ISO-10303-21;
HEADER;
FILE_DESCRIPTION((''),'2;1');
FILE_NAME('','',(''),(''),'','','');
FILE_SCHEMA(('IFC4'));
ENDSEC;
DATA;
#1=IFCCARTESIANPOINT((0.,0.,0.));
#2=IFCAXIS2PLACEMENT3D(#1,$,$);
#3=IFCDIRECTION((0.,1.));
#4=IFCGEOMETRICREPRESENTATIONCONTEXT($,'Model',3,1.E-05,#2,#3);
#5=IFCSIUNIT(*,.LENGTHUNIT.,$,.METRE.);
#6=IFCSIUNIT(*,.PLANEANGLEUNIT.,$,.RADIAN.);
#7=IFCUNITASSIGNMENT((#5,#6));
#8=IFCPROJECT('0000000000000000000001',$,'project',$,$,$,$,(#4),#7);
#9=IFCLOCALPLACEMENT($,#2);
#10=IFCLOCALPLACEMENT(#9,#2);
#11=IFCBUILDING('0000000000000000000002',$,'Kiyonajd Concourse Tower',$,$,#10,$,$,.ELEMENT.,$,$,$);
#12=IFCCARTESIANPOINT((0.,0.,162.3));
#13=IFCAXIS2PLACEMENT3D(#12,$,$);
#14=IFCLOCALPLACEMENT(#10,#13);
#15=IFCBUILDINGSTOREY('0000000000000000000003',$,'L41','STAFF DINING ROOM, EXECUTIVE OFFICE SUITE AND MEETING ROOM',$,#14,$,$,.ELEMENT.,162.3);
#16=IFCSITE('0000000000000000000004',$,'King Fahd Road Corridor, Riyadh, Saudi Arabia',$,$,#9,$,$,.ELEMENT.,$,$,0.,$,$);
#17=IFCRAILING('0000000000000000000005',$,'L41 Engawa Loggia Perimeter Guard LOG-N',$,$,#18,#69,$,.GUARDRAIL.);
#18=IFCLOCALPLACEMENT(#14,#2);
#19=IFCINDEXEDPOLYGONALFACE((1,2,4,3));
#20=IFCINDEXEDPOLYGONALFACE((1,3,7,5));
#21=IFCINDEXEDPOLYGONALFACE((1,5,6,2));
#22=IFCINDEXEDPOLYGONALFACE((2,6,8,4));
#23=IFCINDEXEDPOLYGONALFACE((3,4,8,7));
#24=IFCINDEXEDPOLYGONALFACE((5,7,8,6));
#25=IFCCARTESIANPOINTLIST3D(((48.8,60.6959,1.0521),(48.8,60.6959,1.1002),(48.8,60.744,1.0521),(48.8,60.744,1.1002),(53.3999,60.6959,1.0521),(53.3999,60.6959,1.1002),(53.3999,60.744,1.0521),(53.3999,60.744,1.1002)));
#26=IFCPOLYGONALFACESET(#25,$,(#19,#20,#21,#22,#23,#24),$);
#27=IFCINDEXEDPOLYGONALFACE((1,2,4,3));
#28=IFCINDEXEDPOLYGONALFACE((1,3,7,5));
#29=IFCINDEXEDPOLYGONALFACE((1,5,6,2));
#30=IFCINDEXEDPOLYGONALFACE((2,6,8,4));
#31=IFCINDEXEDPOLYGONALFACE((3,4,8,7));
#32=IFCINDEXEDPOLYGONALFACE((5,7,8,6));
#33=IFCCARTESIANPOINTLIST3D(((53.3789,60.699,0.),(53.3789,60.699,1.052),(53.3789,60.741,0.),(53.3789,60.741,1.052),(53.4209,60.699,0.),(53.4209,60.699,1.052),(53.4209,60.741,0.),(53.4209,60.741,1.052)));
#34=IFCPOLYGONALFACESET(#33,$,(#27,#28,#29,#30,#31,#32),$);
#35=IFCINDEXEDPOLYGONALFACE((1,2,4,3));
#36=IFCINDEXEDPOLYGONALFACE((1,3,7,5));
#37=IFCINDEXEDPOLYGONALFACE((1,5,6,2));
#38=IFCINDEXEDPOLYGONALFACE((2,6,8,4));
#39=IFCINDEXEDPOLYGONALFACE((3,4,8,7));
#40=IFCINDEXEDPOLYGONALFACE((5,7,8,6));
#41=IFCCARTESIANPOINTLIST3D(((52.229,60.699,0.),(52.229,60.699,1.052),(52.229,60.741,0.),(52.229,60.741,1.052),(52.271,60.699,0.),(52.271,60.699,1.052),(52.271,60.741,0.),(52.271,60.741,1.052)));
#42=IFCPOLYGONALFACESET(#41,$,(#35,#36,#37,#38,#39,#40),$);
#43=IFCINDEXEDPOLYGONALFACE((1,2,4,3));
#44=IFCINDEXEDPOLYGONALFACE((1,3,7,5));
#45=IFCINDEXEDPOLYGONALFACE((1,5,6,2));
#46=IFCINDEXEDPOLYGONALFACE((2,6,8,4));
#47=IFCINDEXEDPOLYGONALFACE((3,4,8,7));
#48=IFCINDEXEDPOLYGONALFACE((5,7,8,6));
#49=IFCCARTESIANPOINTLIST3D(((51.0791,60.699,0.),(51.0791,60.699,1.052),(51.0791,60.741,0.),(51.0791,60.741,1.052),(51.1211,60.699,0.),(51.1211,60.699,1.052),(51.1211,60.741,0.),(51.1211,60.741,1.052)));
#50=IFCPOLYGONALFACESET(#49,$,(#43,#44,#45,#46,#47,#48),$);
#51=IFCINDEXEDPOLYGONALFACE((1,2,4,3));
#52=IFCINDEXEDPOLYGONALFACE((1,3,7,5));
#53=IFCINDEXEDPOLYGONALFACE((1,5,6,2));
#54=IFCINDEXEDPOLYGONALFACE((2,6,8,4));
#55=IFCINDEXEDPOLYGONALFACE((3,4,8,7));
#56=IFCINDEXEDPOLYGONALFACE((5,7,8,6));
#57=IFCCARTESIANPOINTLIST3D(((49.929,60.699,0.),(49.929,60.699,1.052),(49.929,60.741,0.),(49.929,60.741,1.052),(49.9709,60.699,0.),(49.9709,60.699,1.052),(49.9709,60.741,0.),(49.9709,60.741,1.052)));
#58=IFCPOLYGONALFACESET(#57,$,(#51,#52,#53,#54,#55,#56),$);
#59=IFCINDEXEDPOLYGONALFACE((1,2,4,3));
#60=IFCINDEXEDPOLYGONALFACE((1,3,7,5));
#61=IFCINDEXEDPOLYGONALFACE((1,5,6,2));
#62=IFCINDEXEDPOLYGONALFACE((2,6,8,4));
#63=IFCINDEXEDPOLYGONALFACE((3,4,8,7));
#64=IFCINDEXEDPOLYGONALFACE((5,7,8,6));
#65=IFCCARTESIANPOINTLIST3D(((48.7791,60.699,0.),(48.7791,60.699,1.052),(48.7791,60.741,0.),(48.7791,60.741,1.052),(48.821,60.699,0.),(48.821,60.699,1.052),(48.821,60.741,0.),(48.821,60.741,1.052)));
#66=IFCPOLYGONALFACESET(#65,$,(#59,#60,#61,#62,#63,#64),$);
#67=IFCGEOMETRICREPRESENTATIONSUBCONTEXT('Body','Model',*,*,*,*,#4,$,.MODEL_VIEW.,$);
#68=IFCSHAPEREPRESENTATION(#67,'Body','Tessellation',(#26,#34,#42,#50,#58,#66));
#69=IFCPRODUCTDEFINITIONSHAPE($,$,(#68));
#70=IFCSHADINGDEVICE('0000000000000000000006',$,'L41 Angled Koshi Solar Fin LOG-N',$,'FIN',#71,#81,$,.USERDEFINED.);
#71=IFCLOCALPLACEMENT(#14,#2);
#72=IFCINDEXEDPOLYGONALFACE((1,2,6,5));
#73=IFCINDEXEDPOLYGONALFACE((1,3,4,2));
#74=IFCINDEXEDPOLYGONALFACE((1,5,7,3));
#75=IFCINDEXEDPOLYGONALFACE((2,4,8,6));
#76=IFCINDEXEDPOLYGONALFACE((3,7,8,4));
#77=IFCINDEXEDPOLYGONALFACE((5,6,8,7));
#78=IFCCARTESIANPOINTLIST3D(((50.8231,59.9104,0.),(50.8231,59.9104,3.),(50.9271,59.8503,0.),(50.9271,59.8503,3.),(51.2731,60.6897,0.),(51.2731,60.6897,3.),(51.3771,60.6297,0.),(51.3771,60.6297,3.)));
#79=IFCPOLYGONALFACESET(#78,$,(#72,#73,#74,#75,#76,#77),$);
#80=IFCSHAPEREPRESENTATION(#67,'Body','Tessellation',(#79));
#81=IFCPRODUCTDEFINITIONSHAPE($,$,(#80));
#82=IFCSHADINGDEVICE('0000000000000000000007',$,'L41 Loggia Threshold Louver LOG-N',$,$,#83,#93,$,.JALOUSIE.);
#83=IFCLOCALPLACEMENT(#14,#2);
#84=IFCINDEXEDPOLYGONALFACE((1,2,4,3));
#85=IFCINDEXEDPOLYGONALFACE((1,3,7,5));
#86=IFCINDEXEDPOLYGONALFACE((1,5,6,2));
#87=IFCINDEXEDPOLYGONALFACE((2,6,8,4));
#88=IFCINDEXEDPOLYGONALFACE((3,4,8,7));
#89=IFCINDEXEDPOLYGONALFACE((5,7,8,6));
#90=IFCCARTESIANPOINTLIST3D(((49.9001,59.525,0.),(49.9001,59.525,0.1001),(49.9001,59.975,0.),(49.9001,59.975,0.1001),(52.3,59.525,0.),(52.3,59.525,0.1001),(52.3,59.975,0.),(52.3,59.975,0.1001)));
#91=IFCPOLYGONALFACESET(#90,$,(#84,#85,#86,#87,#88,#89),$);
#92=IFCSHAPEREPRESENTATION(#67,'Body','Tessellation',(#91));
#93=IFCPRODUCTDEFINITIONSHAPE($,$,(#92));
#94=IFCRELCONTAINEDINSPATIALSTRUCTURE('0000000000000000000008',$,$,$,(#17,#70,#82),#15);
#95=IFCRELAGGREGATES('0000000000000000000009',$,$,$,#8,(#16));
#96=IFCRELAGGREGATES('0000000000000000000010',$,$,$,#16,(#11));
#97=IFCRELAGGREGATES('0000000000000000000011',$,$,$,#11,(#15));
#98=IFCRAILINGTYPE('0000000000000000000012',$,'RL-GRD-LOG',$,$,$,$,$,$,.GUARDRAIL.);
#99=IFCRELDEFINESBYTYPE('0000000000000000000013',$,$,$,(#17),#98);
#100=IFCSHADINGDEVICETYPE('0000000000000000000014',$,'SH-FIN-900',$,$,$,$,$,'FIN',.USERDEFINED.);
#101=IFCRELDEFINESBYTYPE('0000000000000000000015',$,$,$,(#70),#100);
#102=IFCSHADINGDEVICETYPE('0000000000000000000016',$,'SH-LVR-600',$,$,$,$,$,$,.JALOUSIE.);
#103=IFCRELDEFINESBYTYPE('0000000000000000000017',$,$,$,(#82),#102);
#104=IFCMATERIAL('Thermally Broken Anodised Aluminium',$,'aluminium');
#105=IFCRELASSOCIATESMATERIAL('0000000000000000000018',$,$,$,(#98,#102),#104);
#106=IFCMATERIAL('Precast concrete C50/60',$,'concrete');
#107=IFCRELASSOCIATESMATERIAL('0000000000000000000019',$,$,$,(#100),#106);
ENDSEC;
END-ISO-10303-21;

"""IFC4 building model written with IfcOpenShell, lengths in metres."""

from ifc_helpers import new_model, si_unit, direction, frame, origin, origin_2d, place, context, subcontext, project, spatial, rectangle, extrude, material, type_object, element, save


model = new_model("IFC4")

# Units and contexts
model_context = context("Model", 3, precision=1e-05, world=origin(), true_north=direction((0.0, 1.0)))
body_context = subcontext(model_context, "Body", "Model", "MODEL_VIEW")
ifc_project = project(units=[si_unit("LENGTHUNIT", "METRE"), si_unit("PLANEANGLEUNIT", "RADIAN")], contexts=[model_context])

# Site, building, storey
site_placement = place(None, origin())
site = spatial("IfcSite", under=ifc_project, at=site_placement, Name="King Fahd Road Corridor, Riyadh, Saudi Arabia", CompositionType="ELEMENT", RefElevation=0.0)
building_placement = place(site_placement, origin())
building = spatial("IfcBuilding", under=site, at=building_placement, Name="Kiyonajd Concourse Tower", CompositionType="ELEMENT")
storey_placement = place(building_placement, frame((0.0, 0.0, 162.3)))
storey = spatial("IfcBuildingStorey", under=building, at=storey_placement, Name="L41", Description="STAFF DINING ROOM, EXECUTIVE OFFICE SUITE AND MEETING ROOM", CompositionType="ELEMENT", Elevation=162.3)

# Shared definitions
ifc_material_1 = material(Name="Thermally Broken Anodised Aluminium", Category="aluminium")

# Shared definitions
ifc_material_2 = material(Name="Precast concrete C50/60", Category="concrete")

# Railing
railing_type = type_object("IfcRailingType", Name="RL-GRD-LOG", PredefinedType="GUARDRAIL", material=ifc_material_1)
railing_placement = place(storey_placement, frame((53.3999, 60.72, 0.0)))
element("IfcRailing", 1, at=railing_placement, inside=storey, type_object=railing_type, Name="L41 Engawa Loggia Perimeter Guard LOG-N", PredefinedType="GUARDRAIL", context=body_context, shape_type="SweptSolid", body=[
    extrude(rectangle(XDim=0.0481, YDim=0.0481, at=origin_2d()), frame((0.0, 0.0, 1.0762), z_axis=(-1.0, 0.0, 0.0), x_axis=(0.0, -1.0, 0.0)), (0.0, 0.0, 1.0), 4.5999),
    extrude(rectangle(XDim=0.042, YDim=0.042, at=origin_2d()), origin(), (0.0, 0.0, 1.0), 1.052),
    extrude(rectangle(XDim=0.042, YDim=0.042, at=origin_2d()), frame((-1.1499, 0.0, 0.0)), (0.0, 0.0, 1.0), 1.052),
    extrude(rectangle(XDim=0.042, YDim=0.042, at=origin_2d()), frame((-2.2998, 0.0, 0.0)), (0.0, 0.0, 1.0), 1.052),
    extrude(rectangle(XDim=0.042, YDim=0.042, at=origin_2d()), frame((-3.45, 0.0, 0.0)), (0.0, 0.0, 1.0), 1.052),
    extrude(rectangle(XDim=0.042, YDim=0.042, at=origin_2d()), frame((-4.5999, 0.0, 0.0)), (0.0, 0.0, 1.0), 1.052),
])

# Shading devices
shading_device_type_1 = type_object("IfcShadingDeviceType", Name="SH-FIN-900", ElementType="FIN", PredefinedType="USERDEFINED", material=ifc_material_2)
shading_device_1_placement = place(storey_placement, frame((51.1001, 60.27, 0.0), z_axis=(0.0, 0.0, 1.0), x_axis=(0.5, 0.866025, 0.0)))
element("IfcShadingDevice", 2, at=shading_device_1_placement, inside=storey, type_object=shading_device_type_1, Name="L41 Angled Koshi Solar Fin LOG-N", ObjectType="FIN", PredefinedType="USERDEFINED", context=body_context, shape_type="SweptSolid", body=[
    extrude(rectangle(XDim=0.8999, YDim=0.1201, at=origin_2d()), origin(), (0.0, 0.0, 1.0), 3.0),
])
shading_device_type_2 = type_object("IfcShadingDeviceType", Name="SH-LVR-600", PredefinedType="JALOUSIE", material=ifc_material_1)
shading_device_2_placement = place(storey_placement, frame((51.1001, 59.75, 0.0), z_axis=(0.0, 0.0, 1.0), x_axis=(1.0, 0.0, 0.0)))
element("IfcShadingDevice", 3, at=shading_device_2_placement, inside=storey, type_object=shading_device_type_2, Name="L41 Loggia Threshold Louver LOG-N", PredefinedType="JALOUSIE", context=body_context, shape_type="SweptSolid", body=[
    extrude(rectangle(XDim=2.3999, YDim=0.45, at=origin_2d()), origin(), (0.0, 0.0, 1.0), 0.1001),
])

save(model, "model.ifc")
